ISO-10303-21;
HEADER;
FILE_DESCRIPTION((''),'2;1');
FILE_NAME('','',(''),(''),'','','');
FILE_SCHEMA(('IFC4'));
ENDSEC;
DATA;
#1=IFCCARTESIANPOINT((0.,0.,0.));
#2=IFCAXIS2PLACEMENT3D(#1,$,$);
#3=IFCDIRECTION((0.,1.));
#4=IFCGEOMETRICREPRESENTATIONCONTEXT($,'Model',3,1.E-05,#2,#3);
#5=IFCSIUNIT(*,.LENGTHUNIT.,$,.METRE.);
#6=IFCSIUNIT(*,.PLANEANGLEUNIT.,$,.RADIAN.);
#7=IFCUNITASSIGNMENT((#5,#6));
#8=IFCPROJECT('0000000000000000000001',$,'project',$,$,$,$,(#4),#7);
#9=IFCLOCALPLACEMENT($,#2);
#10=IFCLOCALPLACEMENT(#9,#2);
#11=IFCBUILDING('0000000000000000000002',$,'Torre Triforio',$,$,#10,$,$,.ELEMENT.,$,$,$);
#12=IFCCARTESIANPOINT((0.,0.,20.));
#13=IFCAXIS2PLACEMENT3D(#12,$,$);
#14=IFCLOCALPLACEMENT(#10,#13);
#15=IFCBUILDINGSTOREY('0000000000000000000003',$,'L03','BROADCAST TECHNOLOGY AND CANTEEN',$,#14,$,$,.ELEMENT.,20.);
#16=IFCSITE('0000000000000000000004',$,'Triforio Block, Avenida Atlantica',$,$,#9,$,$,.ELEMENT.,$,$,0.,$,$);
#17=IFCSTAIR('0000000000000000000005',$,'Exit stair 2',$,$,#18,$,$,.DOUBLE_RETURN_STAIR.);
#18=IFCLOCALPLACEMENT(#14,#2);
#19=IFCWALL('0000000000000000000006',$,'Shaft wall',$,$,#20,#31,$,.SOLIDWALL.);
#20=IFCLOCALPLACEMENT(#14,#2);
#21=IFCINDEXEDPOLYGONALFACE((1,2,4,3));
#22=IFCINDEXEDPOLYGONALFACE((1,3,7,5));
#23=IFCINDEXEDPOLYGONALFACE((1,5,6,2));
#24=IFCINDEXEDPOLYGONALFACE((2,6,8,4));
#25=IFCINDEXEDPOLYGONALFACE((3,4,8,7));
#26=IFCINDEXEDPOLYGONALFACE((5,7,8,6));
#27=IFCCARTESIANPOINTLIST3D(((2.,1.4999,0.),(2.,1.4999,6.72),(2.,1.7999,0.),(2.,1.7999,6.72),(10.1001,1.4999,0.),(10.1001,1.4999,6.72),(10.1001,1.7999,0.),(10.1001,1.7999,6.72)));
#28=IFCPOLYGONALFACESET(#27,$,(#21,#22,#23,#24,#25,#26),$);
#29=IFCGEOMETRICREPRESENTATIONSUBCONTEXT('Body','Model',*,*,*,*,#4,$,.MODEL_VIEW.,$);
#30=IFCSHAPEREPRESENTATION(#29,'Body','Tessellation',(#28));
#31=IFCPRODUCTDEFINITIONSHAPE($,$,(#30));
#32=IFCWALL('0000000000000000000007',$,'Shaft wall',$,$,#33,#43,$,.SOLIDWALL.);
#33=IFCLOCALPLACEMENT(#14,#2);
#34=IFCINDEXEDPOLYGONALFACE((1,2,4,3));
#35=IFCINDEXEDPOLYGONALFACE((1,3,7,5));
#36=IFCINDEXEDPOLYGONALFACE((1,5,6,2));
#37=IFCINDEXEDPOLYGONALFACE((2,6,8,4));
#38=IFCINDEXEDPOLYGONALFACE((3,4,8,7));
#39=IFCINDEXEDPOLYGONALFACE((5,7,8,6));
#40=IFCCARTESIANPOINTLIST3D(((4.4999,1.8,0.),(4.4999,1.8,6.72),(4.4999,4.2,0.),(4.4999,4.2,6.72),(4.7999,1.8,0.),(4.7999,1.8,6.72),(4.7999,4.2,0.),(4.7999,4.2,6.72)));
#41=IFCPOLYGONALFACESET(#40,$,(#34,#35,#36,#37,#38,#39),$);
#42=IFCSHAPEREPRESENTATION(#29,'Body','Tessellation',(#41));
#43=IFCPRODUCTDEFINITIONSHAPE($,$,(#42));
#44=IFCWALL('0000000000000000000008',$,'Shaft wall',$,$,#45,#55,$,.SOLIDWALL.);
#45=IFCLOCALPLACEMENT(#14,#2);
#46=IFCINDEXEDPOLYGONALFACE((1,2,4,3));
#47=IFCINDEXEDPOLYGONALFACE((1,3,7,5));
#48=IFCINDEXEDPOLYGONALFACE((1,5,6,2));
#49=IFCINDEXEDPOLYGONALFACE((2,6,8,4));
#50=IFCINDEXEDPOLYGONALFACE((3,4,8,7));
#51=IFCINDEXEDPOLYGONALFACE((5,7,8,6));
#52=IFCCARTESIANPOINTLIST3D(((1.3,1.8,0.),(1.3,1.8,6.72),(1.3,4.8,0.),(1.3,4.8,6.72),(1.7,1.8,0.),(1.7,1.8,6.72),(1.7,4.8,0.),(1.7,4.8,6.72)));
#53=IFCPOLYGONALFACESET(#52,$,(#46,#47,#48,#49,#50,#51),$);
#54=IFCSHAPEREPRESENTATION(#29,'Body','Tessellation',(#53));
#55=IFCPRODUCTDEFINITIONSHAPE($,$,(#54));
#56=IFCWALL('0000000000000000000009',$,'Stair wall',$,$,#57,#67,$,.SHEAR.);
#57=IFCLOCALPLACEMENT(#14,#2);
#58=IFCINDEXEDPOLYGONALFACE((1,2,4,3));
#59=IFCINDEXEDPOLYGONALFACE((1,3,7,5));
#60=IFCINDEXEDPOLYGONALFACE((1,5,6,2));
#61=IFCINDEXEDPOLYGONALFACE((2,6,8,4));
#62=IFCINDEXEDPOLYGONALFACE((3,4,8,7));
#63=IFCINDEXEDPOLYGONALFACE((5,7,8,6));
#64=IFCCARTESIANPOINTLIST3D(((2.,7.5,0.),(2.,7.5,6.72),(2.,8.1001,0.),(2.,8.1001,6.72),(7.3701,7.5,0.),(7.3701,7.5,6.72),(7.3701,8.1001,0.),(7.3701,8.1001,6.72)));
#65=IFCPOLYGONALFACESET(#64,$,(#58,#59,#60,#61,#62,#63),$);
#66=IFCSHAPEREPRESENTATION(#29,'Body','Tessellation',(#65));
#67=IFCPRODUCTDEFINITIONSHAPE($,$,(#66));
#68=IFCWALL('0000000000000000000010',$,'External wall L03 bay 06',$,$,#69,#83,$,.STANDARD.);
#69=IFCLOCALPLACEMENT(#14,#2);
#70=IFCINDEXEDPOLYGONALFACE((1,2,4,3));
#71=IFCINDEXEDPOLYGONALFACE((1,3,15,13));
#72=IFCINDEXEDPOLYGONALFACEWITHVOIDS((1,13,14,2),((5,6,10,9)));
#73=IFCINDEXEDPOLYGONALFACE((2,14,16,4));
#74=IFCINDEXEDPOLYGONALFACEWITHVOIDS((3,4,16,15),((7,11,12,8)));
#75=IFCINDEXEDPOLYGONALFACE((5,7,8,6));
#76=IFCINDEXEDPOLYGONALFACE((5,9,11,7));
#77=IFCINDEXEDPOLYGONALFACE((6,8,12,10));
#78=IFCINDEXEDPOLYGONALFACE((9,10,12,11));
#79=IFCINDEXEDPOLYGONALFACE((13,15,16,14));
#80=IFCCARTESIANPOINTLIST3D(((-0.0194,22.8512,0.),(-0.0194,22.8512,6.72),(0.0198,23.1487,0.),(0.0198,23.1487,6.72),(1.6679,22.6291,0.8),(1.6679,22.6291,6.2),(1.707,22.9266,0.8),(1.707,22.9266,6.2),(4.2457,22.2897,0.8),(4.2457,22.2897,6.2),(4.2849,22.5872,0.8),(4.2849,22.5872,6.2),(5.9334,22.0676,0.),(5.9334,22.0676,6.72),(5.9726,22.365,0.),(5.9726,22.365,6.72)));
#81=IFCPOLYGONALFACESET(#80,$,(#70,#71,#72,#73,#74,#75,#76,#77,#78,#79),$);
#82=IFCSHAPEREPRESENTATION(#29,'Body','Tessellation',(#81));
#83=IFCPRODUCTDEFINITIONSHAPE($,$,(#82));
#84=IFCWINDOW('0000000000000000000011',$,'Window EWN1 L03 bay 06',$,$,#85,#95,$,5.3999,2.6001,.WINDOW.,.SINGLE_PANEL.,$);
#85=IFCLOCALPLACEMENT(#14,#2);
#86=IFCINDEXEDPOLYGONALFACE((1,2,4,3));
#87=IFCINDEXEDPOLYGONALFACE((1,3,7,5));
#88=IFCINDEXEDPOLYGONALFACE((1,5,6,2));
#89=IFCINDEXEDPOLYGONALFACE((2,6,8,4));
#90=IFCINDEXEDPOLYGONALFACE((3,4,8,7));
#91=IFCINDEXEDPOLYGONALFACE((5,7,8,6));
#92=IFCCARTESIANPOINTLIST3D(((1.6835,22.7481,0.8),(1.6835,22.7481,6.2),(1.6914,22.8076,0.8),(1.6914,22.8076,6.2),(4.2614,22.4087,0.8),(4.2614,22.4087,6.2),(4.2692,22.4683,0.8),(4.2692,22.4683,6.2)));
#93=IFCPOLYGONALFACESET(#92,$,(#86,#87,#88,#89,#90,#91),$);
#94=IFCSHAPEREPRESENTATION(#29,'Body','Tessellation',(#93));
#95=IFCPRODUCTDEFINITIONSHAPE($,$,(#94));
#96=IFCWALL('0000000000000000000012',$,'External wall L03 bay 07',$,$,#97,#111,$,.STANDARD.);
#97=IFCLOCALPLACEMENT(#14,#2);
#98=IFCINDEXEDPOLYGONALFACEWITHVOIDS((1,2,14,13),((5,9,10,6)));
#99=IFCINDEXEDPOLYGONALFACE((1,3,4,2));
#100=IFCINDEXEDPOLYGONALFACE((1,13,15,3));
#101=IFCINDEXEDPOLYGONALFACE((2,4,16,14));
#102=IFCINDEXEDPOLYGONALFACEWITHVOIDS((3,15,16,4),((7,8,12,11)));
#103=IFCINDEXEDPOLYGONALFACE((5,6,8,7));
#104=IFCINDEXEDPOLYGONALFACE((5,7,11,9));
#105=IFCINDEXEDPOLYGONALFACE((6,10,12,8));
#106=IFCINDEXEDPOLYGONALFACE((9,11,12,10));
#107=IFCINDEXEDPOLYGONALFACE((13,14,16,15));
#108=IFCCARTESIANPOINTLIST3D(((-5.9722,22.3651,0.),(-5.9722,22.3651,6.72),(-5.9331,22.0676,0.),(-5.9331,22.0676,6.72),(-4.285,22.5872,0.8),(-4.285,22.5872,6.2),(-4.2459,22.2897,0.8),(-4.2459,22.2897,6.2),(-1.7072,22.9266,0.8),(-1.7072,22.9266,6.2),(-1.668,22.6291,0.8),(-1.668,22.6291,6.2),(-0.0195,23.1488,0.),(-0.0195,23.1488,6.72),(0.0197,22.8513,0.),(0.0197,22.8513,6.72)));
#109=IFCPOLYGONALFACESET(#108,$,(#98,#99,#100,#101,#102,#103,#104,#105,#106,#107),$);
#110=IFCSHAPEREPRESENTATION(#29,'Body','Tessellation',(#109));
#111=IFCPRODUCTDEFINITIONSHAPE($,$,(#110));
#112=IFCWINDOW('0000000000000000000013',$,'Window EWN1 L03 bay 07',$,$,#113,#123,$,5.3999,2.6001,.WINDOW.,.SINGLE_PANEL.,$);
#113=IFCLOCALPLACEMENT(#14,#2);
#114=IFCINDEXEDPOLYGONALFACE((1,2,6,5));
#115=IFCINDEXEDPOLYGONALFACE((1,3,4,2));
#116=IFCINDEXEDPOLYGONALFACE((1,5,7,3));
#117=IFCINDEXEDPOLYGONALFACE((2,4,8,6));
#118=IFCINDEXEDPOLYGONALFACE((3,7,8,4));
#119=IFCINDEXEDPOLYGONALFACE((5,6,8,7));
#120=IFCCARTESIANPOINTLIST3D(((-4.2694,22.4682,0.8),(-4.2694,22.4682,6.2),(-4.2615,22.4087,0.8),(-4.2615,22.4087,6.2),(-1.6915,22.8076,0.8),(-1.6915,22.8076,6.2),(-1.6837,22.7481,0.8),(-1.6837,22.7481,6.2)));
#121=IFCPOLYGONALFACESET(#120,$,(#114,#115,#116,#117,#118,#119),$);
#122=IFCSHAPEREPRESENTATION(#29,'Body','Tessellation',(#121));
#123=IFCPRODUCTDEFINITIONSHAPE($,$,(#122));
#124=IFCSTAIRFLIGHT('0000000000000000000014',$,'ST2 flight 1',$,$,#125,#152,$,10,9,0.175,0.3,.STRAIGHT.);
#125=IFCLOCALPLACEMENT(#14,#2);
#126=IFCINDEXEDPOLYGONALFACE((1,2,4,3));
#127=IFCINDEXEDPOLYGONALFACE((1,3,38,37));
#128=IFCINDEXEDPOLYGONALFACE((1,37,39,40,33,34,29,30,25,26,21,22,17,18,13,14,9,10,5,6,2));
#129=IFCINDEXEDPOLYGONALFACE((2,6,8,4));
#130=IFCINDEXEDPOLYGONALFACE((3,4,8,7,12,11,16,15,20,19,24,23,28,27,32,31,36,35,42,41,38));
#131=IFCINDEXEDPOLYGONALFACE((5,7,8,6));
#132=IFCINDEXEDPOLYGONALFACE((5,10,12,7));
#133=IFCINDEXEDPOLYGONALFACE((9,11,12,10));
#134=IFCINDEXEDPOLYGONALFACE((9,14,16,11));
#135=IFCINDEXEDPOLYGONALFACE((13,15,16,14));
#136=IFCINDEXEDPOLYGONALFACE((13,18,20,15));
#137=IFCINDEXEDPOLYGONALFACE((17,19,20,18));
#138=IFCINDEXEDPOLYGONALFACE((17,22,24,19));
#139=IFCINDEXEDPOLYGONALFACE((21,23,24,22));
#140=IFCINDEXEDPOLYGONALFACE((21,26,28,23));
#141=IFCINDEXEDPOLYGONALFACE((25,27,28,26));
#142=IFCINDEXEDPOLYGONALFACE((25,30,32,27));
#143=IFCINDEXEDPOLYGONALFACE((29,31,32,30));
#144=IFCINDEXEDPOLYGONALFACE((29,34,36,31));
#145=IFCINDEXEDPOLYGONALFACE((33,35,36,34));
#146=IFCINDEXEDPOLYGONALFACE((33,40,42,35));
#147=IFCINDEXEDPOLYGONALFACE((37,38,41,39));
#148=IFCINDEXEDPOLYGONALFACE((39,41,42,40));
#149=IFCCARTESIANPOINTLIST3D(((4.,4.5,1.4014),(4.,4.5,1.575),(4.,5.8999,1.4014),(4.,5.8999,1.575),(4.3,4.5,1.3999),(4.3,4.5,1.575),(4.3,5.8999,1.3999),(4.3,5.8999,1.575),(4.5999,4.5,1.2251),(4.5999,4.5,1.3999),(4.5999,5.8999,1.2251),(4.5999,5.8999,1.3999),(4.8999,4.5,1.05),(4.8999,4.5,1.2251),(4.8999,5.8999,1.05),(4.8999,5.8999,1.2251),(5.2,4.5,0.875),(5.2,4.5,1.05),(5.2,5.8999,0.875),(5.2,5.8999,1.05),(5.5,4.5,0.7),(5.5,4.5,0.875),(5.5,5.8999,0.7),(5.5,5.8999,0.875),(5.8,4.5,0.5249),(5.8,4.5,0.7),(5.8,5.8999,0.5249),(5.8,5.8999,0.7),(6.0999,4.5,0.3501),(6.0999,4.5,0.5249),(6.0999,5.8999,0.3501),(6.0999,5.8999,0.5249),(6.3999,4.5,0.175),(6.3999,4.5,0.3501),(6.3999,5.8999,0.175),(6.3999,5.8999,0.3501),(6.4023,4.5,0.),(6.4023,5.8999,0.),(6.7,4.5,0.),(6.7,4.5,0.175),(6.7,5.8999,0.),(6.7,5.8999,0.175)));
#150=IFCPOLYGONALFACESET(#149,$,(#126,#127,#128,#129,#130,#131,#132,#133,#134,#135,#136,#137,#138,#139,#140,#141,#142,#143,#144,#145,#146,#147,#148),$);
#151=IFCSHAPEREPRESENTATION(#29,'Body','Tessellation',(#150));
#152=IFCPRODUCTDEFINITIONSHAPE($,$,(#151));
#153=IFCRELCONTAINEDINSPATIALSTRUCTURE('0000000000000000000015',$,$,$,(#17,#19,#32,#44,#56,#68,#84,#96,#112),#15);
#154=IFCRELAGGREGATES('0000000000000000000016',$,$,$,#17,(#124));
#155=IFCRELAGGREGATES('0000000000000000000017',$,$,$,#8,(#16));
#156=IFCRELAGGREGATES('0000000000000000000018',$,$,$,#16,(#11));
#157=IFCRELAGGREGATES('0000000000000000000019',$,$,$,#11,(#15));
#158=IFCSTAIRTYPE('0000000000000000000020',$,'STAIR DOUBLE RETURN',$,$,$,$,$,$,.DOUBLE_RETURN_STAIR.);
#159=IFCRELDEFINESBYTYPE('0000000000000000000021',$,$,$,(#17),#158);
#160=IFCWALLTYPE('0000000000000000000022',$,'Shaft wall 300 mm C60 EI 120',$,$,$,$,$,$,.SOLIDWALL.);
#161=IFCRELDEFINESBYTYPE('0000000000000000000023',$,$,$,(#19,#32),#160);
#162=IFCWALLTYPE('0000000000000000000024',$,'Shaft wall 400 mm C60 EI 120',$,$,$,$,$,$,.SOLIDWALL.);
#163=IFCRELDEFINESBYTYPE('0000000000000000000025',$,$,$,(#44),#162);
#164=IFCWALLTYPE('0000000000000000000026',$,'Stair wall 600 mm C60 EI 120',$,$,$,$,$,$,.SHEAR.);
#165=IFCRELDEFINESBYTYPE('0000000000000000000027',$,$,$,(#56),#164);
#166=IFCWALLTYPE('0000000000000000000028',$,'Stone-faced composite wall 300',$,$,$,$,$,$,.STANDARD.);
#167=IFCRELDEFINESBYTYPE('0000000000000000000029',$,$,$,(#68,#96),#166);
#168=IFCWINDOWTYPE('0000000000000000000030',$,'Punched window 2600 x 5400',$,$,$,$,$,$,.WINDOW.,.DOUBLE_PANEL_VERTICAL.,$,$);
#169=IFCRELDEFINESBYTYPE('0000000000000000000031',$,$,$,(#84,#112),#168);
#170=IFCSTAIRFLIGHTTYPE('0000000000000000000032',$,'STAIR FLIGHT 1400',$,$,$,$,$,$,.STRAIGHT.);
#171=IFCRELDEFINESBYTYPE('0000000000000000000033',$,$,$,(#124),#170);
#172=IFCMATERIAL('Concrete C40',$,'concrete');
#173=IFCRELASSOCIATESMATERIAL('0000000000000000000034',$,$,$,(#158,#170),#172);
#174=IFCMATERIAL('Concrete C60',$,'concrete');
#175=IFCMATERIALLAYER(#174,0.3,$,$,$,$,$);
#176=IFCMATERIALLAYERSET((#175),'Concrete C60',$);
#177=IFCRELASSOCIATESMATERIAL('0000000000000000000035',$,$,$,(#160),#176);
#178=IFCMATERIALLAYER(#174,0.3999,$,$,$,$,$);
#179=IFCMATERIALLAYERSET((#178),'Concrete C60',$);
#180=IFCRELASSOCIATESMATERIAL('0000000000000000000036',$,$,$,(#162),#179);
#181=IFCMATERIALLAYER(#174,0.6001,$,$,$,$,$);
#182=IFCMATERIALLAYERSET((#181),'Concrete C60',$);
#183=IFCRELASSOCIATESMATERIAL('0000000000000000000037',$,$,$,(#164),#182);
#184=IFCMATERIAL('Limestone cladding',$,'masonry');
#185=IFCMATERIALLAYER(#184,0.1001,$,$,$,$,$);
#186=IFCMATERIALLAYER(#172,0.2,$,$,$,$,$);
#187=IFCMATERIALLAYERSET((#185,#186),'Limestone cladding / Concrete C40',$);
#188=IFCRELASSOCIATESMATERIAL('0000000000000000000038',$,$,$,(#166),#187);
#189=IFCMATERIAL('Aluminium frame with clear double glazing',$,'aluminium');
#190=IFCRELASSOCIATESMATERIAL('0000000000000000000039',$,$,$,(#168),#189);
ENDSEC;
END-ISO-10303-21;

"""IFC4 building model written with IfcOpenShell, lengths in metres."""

from ifc_helpers import new_model, si_unit, direction, frame, frame_2d, origin, place, context, subcontext, project, spatial, polyline, rectangle, outline, extrude, material, layer, layer_set, type_object, element, fill, aggregate, save


model = new_model("IFC4")

# Units and contexts
model_context = context("Model", 3, precision=1e-05, world=origin(), true_north=direction((0.0, 1.0)))
body_context = subcontext(model_context, "Body", "Model", "MODEL_VIEW")
ifc_project = project(units=[si_unit("LENGTHUNIT", "METRE"), si_unit("PLANEANGLEUNIT", "RADIAN")], contexts=[model_context])

# Site, building, storey
site_placement = place(None, origin())
site = spatial("IfcSite", under=ifc_project, at=site_placement, Name="Triforio Block, Avenida Atlantica", CompositionType="ELEMENT", RefElevation=0.0)
building_placement = place(site_placement, origin())
building = spatial("IfcBuilding", under=site, at=building_placement, Name="Torre Triforio", CompositionType="ELEMENT")
storey_placement = place(building_placement, frame((0.0, 0.0, 20.0)))
storey = spatial("IfcBuildingStorey", under=building, at=storey_placement, Name="L03", Description="BROADCAST TECHNOLOGY AND CANTEEN", CompositionType="ELEMENT", Elevation=20.0)

# Shared definitions
ifc_material_1 = material(Name="Concrete C40", Category="concrete")
stair_type = type_object("IfcStairType", Name="STAIR DOUBLE RETURN", PredefinedType="DOUBLE_RETURN_STAIR", material=ifc_material_1)

# Stair
stair_1_placement = place(storey_placement, origin())
stair_1 = element("IfcStair", 1, at=stair_1_placement, inside=storey, type_object=stair_type, Name="Exit stair 2", PredefinedType="DOUBLE_RETURN_STAIR")

# Shared definitions
ifc_material_2 = material(Name="Concrete C60", Category="concrete")

# Walls
ifc_layer_1 = layer(ifc_material_2, 0.3)
ifc_layer_set_1 = layer_set([ifc_layer_1], Name="Concrete C60")
wall_type_1 = type_object("IfcWallType", Name="Shaft wall 300 mm C60 EI 120", PredefinedType="SOLIDWALL", material=ifc_layer_set_1)
for number, where, z_axis, x_axis, name in (
    (2, (2.0, 1.6499, 0.0), (0.0, 0.0, 1.0), (1.0, 0.0, 0.0), "Shaft wall"),
):
    element("IfcWall", number, at=place(storey_placement, frame(where, z_axis=z_axis, x_axis=x_axis)), inside=storey, type_object=wall_type_1, Name=name, PredefinedType="SOLIDWALL", context=body_context, shape_type="SweptSolid", body=[
        extrude(rectangle(XDim=8.1001, YDim=0.3, at=frame_2d((4.05, 0.0))), origin(), (0.0, 0.0, 1.0), 6.72),
    ])
wall_1_placement = place(storey_placement, frame((4.6499, 1.8, 0.0), z_axis=(0.0, 0.0, 1.0), x_axis=(0.0, 1.0, 0.0)))
element("IfcWall", 3, at=wall_1_placement, inside=storey, type_object=wall_type_1, Name="Shaft wall", PredefinedType="SOLIDWALL", context=body_context, shape_type="SweptSolid", body=[
    extrude(rectangle(XDim=2.3999, YDim=0.3, at=frame_2d((1.2, 0.0))), origin(), (0.0, 0.0, 1.0), 6.72),
])
ifc_layer_2 = layer(ifc_material_2, 0.3999)
ifc_layer_set_2 = layer_set([ifc_layer_2], Name="Concrete C60")
wall_type_2 = type_object("IfcWallType", Name="Shaft wall 400 mm C60 EI 120", PredefinedType="SOLIDWALL", material=ifc_layer_set_2)
wall_2_placement = place(storey_placement, frame((1.5, 1.8, 0.0), z_axis=(0.0, 0.0, 1.0), x_axis=(0.0, 1.0, 0.0)))
element("IfcWall", 4, at=wall_2_placement, inside=storey, type_object=wall_type_2, Name="Shaft wall", PredefinedType="SOLIDWALL", context=body_context, shape_type="SweptSolid", body=[
    extrude(rectangle(XDim=3.0, YDim=0.3999, at=frame_2d((1.5, 0.0))), origin(), (0.0, 0.0, 1.0), 6.72),
])
ifc_layer_3 = layer(ifc_material_2, 0.6001)
ifc_layer_set_3 = layer_set([ifc_layer_3], Name="Concrete C60")
wall_type_3 = type_object("IfcWallType", Name="Stair wall 600 mm C60 EI 120", PredefinedType="SHEAR", material=ifc_layer_set_3)
wall_3_placement = place(storey_placement, frame((2.0, 7.8, 0.0), z_axis=(0.0, 0.0, 1.0), x_axis=(1.0, 0.0, 0.0)))
element("IfcWall", 5, at=wall_3_placement, inside=storey, type_object=wall_type_3, Name="Stair wall", PredefinedType="SHEAR", context=body_context, shape_type="SweptSolid", body=[
    extrude(rectangle(XDim=5.3701, YDim=0.6001, at=frame_2d((2.6851, 0.0))), origin(), (0.0, 0.0, 1.0), 6.72),
])

# Walls, openings, windows
ifc_material_3 = material(Name="Limestone cladding", Category="masonry")
ifc_layer_4 = layer(ifc_material_3, 0.1001)
ifc_layer_5 = layer(ifc_material_1, 0.2)
ifc_layer_set_4 = layer_set([ifc_layer_4, ifc_layer_5], Name="Limestone cladding / Concrete C40")
wall_type_4 = type_object("IfcWallType", Name="Stone-faced composite wall 300", PredefinedType="STANDARD", material=ifc_layer_set_4)
wall_4_placement = place(storey_placement, frame((5.9529, 22.2163, 0.0), z_axis=(0.0, 0.0, 1.0), x_axis=(-0.991445, 0.130523, 0.0)))
wall_4 = element("IfcWall", 6, at=wall_4_placement, inside=storey, type_object=wall_type_4, Name="External wall L03 bay 06", PredefinedType="STANDARD", context=body_context, shape_type="SweptSolid", body=[
    extrude(rectangle(XDim=6.0042, YDim=0.3, at=frame_2d((3.002, 0.0))), origin(), (0.0, 0.0, 1.0), 6.72),
])
opening_1_placement = place(wall_4_placement, frame((1.7021, 0.0, 0.8)))
opening_1 = element("IfcOpeningElement", 7, at=opening_1_placement, cuts=wall_4, PredefinedType="OPENING", context=body_context, shape_type="SweptSolid", body=[
    extrude(rectangle(XDim=2.6001, YDim=5.3999, at=frame_2d((1.3, 2.7))), frame((0.0, 0.1599, 0.0), z_axis=(0.0, -1.0, 0.0), x_axis=(1.0, 0.0, 0.0)), (0.0, 0.0, 1.0), 0.3201),
])
ifc_material_4 = material(Name="Aluminium frame with clear double glazing", Category="aluminium")
window_type = type_object("IfcWindowType", Name="Punched window 2600 x 5400", PartitioningType="DOUBLE_PANEL_VERTICAL", PredefinedType="WINDOW", material=ifc_material_4)
window_1_placement = place(opening_1_placement, origin())
window_1 = element("IfcWindow", 8, at=window_1_placement, inside=storey, type_object=window_type, Name="Window EWN1 L03 bay 06", OverallHeight=5.3999, OverallWidth=2.6001, PartitioningType="SINGLE_PANEL", PredefinedType="WINDOW", context=body_context, shape_type="SweptSolid", body=[
    extrude(rectangle(XDim=2.6001, YDim=5.3999, at=frame_2d((1.3, 2.7))), frame((0.0, 0.03, 0.0), z_axis=(0.0, -1.0, 0.0), x_axis=(1.0, 0.0, 0.0)), (0.0, 0.0, 1.0), 0.0601),
])
fill(opening_1, window_1)
wall_5_placement = place(storey_placement, frame((0.0, 23.0, 0.0), z_axis=(0.0, 0.0, 1.0), x_axis=(-0.991445, -0.130523, 0.0)))
wall_5 = element("IfcWall", 9, at=wall_5_placement, inside=storey, type_object=wall_type_4, Name="External wall L03 bay 07", PredefinedType="STANDARD", context=body_context, shape_type="SweptSolid", body=[
    extrude(rectangle(XDim=6.0042, YDim=0.3, at=frame_2d((3.002, 0.0))), origin(), (0.0, 0.0, 1.0), 6.72),
])
opening_2_placement = place(wall_5_placement, frame((1.7021, 0.0, 0.8)))
opening_2 = element("IfcOpeningElement", 10, at=opening_2_placement, cuts=wall_5, PredefinedType="OPENING", context=body_context, shape_type="SweptSolid", body=[
    extrude(rectangle(XDim=2.6001, YDim=5.3999, at=frame_2d((1.3, 2.7))), frame((0.0, 0.1599, 0.0), z_axis=(0.0, -1.0, 0.0), x_axis=(1.0, 0.0, 0.0)), (0.0, 0.0, 1.0), 0.3201),
])
window_2_placement = place(opening_2_placement, origin())
window_2 = element("IfcWindow", 11, at=window_2_placement, inside=storey, type_object=window_type, Name="Window EWN1 L03 bay 07", OverallHeight=5.3999, OverallWidth=2.6001, PartitioningType="SINGLE_PANEL", PredefinedType="WINDOW", context=body_context, shape_type="SweptSolid", body=[
    extrude(rectangle(XDim=2.6001, YDim=5.3999, at=frame_2d((1.3, 2.7))), frame((0.0, 0.03, 0.0), z_axis=(0.0, -1.0, 0.0), x_axis=(1.0, 0.0, 0.0)), (0.0, 0.0, 1.0), 0.0601),
])
fill(opening_2, window_2)

# Stair flight
stair_flight_type = type_object("IfcStairFlightType", Name="STAIR FLIGHT 1400", PredefinedType="STRAIGHT", material=ifc_material_1)
stair_flight_1_placement = place(storey_placement, frame((6.7, 5.2, 0.0), z_axis=(0.0, 0.0, 1.0), x_axis=(-1.0, 0.0, 0.0)))
stair_flight_1 = element("IfcStairFlight", 12, at=stair_flight_1_placement, type_object=stair_flight_type, Name="ST2 flight 1", NumberOfRisers=10, NumberOfTreads=9, PredefinedType="STRAIGHT", RiserHeight=0.175, TreadLength=0.3, context=body_context, shape_type="SweptSolid", body=[
    extrude(outline(polyline([(0.0, 0.0), (0.0, 0.175), (0.3, 0.175), (0.3, 0.3501), (0.6001, 0.3501), (0.6001, 0.5249), (0.8999, 0.5249), (0.8999, 0.7), (1.2, 0.7), (1.2, 0.875), (1.5, 0.875), (1.5, 1.05), (1.8, 1.05), (1.8, 1.2251), (2.1001, 1.2251), (2.1001, 1.3999), (2.3999, 1.3999), (2.3999, 1.575), (2.7, 1.575), (2.7, 1.75), (2.7, 1.4014), (0.2976, 0.0), (0.0, 0.0)])), frame((0.0, 0.7, 0.0), z_axis=(0.0, -1.0, 0.0), x_axis=(1.0, 0.0, 0.0)), (0.0, 0.0, 1.0), 1.3999),
])
aggregate(stair_1, [stair_flight_1])

save(model, "model.ifc")
